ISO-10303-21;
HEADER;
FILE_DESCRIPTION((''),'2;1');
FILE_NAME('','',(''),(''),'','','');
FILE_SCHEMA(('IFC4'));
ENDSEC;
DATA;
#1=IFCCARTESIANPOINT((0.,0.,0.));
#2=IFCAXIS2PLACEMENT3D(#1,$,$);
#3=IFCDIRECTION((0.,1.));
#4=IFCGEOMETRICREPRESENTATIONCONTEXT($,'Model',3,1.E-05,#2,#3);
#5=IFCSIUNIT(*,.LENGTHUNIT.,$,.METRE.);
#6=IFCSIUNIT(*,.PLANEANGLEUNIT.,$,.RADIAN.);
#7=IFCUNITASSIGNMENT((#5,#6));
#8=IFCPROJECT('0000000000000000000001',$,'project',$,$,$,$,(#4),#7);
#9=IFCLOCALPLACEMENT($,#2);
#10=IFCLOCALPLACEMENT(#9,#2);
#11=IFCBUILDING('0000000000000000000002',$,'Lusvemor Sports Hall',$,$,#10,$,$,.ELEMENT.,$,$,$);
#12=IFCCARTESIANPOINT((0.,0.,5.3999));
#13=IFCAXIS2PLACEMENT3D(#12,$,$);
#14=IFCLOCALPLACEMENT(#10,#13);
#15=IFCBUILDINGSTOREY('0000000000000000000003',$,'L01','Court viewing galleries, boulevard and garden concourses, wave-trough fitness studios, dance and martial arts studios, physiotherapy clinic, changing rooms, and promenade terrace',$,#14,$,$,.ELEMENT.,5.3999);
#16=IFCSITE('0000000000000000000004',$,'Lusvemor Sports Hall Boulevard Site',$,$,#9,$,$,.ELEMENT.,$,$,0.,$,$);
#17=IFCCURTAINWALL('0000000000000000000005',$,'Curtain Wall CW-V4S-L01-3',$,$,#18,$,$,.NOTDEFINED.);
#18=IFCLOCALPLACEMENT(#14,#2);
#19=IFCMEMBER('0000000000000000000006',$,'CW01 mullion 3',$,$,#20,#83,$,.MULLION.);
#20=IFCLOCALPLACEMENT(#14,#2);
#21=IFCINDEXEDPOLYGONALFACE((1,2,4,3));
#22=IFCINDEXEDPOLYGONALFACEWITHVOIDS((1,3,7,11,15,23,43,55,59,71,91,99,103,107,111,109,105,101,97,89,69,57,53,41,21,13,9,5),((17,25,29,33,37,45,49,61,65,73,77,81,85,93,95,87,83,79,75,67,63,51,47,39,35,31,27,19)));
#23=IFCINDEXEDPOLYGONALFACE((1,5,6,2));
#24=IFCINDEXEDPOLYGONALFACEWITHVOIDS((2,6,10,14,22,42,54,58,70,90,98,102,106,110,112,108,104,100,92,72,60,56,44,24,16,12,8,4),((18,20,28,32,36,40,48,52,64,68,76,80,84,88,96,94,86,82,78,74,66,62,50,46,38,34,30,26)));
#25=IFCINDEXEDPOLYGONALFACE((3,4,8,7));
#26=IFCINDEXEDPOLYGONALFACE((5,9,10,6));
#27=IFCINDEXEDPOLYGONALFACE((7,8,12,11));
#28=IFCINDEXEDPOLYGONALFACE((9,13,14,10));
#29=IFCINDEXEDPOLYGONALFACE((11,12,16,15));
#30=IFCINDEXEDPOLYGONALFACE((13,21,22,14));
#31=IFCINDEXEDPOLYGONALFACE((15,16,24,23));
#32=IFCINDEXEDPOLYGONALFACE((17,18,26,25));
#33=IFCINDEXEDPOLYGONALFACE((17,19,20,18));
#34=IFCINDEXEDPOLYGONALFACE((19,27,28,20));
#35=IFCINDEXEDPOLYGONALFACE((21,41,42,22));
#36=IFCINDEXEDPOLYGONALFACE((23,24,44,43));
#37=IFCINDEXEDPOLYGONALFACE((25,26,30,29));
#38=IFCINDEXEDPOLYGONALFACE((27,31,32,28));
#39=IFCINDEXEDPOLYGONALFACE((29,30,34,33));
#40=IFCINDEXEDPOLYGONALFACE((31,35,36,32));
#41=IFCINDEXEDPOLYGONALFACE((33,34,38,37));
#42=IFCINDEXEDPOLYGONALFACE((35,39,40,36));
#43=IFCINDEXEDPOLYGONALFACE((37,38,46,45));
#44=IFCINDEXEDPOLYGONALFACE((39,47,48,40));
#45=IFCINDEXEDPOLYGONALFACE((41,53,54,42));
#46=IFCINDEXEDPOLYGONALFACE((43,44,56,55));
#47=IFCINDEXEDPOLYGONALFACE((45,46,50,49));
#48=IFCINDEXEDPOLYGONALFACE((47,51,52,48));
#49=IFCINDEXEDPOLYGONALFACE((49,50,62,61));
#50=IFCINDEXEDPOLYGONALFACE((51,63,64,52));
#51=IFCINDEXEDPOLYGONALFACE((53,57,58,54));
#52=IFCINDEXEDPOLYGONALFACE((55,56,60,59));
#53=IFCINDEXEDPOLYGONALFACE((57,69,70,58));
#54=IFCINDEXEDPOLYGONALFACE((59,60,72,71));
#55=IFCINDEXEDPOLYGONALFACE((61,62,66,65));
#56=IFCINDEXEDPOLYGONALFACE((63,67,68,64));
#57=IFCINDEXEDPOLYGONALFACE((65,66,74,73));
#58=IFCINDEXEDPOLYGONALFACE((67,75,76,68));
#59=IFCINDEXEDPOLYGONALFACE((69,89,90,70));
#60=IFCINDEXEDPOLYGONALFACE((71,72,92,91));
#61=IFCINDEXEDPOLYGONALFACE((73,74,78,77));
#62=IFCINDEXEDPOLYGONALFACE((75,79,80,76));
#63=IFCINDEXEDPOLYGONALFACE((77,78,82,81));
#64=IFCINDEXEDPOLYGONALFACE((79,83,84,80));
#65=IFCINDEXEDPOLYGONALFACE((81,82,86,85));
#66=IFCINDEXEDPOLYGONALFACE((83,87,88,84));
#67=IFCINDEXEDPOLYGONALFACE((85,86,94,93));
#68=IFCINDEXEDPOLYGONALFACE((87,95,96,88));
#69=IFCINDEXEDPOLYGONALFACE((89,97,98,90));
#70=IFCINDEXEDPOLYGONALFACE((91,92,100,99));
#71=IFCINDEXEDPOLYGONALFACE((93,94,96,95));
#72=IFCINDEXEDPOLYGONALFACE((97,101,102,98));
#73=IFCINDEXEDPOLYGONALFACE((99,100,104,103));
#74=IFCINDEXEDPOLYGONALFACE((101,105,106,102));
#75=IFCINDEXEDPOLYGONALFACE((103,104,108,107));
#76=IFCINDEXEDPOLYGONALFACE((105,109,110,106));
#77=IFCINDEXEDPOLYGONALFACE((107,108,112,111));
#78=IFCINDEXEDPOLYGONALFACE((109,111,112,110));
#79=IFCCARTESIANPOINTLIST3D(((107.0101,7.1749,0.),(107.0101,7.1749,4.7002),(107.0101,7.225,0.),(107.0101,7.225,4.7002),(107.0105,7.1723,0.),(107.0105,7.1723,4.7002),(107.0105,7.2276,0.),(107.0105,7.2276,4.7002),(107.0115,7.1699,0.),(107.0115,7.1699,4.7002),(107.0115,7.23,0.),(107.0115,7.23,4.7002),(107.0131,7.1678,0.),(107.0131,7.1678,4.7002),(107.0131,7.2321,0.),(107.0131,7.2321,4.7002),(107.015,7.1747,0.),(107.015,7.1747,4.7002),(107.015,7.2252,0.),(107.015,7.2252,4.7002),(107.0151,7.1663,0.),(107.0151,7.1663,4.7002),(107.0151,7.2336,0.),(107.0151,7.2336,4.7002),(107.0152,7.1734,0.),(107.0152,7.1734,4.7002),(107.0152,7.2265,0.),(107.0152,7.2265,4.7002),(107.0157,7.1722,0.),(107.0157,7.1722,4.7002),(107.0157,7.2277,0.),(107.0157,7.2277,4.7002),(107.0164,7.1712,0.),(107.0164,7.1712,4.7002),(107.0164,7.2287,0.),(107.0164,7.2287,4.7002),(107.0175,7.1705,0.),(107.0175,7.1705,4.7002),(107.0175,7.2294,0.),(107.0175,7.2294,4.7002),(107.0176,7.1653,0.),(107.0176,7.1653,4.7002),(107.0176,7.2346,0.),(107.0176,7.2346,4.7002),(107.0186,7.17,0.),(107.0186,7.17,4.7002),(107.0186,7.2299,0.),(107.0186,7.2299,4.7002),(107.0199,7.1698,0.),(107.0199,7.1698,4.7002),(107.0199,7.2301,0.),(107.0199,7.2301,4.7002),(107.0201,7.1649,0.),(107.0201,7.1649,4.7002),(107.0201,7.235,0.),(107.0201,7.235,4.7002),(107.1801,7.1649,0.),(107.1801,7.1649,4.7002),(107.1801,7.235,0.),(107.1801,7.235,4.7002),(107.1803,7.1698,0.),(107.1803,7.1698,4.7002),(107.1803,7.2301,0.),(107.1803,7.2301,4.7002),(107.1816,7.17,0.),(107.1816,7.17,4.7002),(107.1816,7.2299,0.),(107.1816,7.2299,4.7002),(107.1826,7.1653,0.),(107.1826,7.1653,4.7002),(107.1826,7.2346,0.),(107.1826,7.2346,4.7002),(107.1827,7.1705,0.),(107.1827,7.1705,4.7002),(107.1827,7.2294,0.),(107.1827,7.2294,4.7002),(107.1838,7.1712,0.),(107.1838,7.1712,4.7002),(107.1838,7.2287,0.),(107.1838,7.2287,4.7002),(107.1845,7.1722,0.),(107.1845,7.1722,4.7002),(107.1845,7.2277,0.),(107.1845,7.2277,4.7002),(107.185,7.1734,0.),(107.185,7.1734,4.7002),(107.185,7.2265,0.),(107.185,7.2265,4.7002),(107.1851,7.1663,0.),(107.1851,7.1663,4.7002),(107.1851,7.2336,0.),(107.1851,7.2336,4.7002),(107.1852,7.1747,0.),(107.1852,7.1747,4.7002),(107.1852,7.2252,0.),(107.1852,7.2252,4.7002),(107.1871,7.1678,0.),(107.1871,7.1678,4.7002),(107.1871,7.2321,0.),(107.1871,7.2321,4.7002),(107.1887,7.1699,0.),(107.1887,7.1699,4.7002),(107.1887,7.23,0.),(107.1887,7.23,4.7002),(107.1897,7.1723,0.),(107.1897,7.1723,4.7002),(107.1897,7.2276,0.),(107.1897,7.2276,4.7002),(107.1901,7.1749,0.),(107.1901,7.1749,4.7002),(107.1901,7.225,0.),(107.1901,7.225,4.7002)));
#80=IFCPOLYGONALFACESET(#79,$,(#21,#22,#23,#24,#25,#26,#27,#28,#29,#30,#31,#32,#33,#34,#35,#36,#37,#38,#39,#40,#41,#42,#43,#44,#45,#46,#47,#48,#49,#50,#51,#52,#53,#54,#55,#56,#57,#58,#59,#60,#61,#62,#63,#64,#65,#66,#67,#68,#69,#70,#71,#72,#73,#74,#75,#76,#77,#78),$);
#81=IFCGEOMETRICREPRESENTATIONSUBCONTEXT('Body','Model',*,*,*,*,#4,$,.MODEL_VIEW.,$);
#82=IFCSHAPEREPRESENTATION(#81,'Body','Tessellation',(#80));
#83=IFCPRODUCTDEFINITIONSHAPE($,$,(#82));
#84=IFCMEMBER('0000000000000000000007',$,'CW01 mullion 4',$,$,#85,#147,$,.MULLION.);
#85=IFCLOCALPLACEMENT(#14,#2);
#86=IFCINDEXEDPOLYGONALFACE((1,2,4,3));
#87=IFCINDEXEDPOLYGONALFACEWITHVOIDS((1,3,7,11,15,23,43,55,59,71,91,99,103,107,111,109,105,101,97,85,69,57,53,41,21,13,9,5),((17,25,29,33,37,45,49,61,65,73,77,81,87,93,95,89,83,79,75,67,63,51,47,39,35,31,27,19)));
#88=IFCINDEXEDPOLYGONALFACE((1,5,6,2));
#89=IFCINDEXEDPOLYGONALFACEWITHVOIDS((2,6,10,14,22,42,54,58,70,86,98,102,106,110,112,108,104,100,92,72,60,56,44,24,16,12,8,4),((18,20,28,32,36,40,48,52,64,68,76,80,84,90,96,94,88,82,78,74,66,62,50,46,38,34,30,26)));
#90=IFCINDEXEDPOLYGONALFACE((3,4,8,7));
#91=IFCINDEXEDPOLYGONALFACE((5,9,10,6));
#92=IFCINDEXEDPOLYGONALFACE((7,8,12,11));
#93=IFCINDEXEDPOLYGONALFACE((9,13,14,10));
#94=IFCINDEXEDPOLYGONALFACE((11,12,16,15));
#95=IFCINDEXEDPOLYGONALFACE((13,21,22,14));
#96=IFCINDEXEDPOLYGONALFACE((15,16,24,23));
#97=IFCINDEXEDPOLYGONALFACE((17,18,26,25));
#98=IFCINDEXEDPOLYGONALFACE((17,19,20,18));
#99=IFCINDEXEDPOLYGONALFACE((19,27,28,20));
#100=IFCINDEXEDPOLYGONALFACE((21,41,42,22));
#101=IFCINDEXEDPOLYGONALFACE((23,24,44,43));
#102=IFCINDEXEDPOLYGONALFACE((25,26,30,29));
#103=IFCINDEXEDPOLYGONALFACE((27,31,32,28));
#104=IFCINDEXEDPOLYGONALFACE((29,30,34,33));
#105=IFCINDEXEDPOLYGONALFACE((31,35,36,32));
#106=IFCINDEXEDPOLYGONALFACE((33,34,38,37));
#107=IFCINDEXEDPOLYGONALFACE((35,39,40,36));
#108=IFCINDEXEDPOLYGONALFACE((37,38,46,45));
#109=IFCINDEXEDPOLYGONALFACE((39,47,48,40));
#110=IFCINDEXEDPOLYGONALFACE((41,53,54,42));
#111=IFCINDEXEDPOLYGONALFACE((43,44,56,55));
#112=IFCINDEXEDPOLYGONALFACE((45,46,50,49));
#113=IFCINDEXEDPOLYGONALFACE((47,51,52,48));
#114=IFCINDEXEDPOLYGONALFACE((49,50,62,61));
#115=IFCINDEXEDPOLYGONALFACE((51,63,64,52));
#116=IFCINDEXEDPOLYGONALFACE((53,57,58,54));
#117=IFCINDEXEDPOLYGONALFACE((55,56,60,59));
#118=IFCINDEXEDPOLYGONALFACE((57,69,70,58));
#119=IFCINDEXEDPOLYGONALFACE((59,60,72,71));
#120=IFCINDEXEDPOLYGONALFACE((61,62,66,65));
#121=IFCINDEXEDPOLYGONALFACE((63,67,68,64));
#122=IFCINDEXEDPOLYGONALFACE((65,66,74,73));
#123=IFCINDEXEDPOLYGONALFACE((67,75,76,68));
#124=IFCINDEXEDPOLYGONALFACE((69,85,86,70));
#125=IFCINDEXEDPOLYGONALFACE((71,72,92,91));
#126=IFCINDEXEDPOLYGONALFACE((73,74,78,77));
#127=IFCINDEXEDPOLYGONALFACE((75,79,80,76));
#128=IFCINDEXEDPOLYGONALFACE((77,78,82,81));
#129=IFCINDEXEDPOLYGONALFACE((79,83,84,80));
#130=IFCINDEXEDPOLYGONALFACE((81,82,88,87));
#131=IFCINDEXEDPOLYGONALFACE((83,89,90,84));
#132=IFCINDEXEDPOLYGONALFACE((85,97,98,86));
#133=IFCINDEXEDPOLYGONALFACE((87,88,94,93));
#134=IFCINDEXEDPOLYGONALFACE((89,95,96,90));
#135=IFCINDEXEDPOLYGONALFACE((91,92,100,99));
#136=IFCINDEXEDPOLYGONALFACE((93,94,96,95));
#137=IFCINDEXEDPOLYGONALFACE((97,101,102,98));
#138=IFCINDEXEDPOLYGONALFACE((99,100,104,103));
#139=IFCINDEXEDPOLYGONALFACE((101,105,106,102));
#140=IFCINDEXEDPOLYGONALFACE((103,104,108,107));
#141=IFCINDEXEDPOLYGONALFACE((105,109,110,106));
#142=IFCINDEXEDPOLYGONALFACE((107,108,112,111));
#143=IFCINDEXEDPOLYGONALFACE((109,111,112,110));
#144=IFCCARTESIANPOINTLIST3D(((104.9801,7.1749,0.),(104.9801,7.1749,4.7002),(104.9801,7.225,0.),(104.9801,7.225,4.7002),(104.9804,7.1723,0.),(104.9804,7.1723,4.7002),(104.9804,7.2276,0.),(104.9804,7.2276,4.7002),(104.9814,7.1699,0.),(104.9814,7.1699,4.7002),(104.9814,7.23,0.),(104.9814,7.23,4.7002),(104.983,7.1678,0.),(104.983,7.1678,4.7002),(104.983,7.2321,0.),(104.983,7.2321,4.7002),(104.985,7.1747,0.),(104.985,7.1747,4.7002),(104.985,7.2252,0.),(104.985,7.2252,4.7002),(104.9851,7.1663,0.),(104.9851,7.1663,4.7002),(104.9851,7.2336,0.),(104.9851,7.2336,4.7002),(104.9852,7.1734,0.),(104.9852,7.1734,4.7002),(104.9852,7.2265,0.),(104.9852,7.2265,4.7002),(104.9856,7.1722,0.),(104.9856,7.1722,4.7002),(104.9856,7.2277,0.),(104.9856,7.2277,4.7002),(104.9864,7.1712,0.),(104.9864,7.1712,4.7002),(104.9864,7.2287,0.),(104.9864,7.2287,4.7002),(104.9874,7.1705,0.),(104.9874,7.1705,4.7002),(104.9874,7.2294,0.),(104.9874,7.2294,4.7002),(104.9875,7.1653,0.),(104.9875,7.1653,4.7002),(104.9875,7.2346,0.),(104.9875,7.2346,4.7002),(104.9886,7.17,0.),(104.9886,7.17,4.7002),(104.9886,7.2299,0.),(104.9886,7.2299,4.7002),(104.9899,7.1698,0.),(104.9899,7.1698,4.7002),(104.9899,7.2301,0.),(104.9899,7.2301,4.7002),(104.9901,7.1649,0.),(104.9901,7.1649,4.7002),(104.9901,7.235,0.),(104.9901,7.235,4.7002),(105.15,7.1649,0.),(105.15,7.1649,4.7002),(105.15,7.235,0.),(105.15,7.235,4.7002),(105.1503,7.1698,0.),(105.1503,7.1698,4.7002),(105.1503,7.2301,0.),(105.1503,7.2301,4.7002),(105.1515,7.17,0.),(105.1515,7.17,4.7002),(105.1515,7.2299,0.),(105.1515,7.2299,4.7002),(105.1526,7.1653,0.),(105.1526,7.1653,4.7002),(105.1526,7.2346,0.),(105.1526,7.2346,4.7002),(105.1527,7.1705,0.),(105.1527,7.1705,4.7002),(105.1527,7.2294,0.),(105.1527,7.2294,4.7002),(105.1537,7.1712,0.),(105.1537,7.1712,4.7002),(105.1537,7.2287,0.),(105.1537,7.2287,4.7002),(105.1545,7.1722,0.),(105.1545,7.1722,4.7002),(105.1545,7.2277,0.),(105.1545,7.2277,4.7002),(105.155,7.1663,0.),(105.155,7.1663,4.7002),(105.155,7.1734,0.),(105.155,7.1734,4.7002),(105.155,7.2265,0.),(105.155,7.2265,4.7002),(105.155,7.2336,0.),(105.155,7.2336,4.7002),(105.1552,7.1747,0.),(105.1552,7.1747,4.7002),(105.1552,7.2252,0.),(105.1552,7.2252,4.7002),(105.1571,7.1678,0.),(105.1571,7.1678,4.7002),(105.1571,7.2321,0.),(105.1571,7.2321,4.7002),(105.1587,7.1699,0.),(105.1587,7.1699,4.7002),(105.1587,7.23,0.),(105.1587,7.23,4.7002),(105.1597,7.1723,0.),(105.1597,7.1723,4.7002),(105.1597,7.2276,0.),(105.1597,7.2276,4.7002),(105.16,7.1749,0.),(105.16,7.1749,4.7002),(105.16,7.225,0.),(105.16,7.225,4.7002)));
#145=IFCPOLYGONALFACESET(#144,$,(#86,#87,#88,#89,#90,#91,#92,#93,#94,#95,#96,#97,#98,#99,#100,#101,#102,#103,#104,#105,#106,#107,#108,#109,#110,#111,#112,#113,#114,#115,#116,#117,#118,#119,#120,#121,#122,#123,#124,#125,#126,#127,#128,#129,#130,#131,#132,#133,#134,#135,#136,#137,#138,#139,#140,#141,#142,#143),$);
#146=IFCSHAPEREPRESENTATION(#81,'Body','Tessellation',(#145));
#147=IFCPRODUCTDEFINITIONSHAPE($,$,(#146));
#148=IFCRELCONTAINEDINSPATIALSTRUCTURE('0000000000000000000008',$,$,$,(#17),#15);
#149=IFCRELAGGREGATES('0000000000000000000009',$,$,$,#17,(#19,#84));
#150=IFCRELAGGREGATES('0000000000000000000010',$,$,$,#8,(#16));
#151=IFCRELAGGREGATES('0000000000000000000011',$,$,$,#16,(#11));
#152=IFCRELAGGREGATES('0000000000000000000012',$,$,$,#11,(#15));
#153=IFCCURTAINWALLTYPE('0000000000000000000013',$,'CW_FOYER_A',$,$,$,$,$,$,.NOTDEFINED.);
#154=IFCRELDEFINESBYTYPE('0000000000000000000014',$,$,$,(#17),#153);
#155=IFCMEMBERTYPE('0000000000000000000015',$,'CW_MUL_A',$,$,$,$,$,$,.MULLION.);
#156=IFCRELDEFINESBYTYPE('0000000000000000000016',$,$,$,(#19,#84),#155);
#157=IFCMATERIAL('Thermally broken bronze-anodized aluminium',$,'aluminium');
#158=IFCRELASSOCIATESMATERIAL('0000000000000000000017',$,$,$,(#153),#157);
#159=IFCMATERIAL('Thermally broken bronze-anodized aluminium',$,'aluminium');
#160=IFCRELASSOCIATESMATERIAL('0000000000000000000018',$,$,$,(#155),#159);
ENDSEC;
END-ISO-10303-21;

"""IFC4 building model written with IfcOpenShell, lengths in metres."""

from ifc_helpers import new_model, si_unit, direction, frame, origin, origin_2d, place, context, subcontext, project, spatial, hollow_rectangle, extrude, material, material_profile, profile_set, type_object, element, aggregate, save


model = new_model("IFC4")

# Units and contexts
model_context = context("Model", 3, precision=1e-05, world=origin(), true_north=direction((0.0, 1.0)))
body_context = subcontext(model_context, "Body", "Model", "MODEL_VIEW")
ifc_project = project(units=[si_unit("LENGTHUNIT", "METRE"), si_unit("PLANEANGLEUNIT", "RADIAN")], contexts=[model_context])

# Site, building, storey
site_placement = place(None, origin())
site = spatial("IfcSite", under=ifc_project, at=site_placement, Name="Lusvemor Sports Hall Boulevard Site", CompositionType="ELEMENT", RefElevation=0.0)
building_placement = place(site_placement, origin())
building = spatial("IfcBuilding", under=site, at=building_placement, Name="Lusvemor Sports Hall", CompositionType="ELEMENT")
storey_placement = place(building_placement, frame((0.0, 0.0, 5.3999)))
storey = spatial("IfcBuildingStorey", under=building, at=storey_placement, Name="L01", Description="Court viewing galleries, boulevard and garden concourses, wave-trough fitness studios, dance and martial arts studios, physiotherapy clinic, changing rooms, and promenade terrace", CompositionType="ELEMENT", Elevation=5.3999)

# Curtain wall, members
ifc_material_1 = material(Name="Thermally broken bronze-anodized aluminium", Category="aluminium")
curtain_wall_type = type_object("IfcCurtainWallType", Name="CW_FOYER_A", PredefinedType="NOTDEFINED", material=ifc_material_1)
curtain_wall_placement = place(storey_placement, origin())
curtain_wall = element("IfcCurtainWall", 1, at=curtain_wall_placement, inside=storey, type_object=curtain_wall_type, Name="Curtain Wall CW-V4S-L01-3", PredefinedType="NOTDEFINED")
ifc_material_2 = material(Name="Thermally broken bronze-anodized aluminium", Category="aluminium")
ifc_material_profile_1 = material_profile(ifc_material_2, hollow_rectangle(XDim=0.0701, YDim=0.1799, WallThickness=0.0049, InnerFilletRadius=0.0049, OuterFilletRadius=0.01, at=origin_2d()), Name="CWMUL180x70x5")
ifc_profile_set_1 = profile_set([ifc_material_profile_1], Name="Thermally broken bronze-anodized aluminium")
member_type_1 = type_object("IfcMemberType", Name="CW_MUL_A", PredefinedType="MULLION", material=ifc_profile_set_1)
member_1_placement = place(storey_placement, frame((107.1001, 7.2, 0.0), z_axis=(0.0, 0.0, 1.0), x_axis=(0.0, -1.0, 0.0)))
member_1 = element("IfcMember", 2, at=member_1_placement, type_object=member_type_1, Name="CW01 mullion 3", PredefinedType="MULLION", context=body_context, shape_type="SweptSolid", body=[
    extrude(hollow_rectangle(XDim=0.0701, YDim=0.1799, WallThickness=0.0049, InnerFilletRadius=0.0049, OuterFilletRadius=0.01, at=origin_2d()), origin(), (0.0, 0.0, 1.0), 4.7002),
])
member_2_placement = place(storey_placement, frame((105.0701, 7.2, 0.0), z_axis=(0.0, 0.0, 1.0), x_axis=(0.0, -1.0, 0.0)))
member_2 = element("IfcMember", 3, at=member_2_placement, type_object=member_type_1, Name="CW01 mullion 4", PredefinedType="MULLION", context=body_context, shape_type="SweptSolid", body=[
    extrude(hollow_rectangle(XDim=0.0701, YDim=0.1799, WallThickness=0.0049, InnerFilletRadius=0.0049, OuterFilletRadius=0.01, at=origin_2d()), origin(), (0.0, 0.0, 1.0), 4.7002),
])
aggregate(curtain_wall, [member_1, member_2])

save(model, "model.ifc")
